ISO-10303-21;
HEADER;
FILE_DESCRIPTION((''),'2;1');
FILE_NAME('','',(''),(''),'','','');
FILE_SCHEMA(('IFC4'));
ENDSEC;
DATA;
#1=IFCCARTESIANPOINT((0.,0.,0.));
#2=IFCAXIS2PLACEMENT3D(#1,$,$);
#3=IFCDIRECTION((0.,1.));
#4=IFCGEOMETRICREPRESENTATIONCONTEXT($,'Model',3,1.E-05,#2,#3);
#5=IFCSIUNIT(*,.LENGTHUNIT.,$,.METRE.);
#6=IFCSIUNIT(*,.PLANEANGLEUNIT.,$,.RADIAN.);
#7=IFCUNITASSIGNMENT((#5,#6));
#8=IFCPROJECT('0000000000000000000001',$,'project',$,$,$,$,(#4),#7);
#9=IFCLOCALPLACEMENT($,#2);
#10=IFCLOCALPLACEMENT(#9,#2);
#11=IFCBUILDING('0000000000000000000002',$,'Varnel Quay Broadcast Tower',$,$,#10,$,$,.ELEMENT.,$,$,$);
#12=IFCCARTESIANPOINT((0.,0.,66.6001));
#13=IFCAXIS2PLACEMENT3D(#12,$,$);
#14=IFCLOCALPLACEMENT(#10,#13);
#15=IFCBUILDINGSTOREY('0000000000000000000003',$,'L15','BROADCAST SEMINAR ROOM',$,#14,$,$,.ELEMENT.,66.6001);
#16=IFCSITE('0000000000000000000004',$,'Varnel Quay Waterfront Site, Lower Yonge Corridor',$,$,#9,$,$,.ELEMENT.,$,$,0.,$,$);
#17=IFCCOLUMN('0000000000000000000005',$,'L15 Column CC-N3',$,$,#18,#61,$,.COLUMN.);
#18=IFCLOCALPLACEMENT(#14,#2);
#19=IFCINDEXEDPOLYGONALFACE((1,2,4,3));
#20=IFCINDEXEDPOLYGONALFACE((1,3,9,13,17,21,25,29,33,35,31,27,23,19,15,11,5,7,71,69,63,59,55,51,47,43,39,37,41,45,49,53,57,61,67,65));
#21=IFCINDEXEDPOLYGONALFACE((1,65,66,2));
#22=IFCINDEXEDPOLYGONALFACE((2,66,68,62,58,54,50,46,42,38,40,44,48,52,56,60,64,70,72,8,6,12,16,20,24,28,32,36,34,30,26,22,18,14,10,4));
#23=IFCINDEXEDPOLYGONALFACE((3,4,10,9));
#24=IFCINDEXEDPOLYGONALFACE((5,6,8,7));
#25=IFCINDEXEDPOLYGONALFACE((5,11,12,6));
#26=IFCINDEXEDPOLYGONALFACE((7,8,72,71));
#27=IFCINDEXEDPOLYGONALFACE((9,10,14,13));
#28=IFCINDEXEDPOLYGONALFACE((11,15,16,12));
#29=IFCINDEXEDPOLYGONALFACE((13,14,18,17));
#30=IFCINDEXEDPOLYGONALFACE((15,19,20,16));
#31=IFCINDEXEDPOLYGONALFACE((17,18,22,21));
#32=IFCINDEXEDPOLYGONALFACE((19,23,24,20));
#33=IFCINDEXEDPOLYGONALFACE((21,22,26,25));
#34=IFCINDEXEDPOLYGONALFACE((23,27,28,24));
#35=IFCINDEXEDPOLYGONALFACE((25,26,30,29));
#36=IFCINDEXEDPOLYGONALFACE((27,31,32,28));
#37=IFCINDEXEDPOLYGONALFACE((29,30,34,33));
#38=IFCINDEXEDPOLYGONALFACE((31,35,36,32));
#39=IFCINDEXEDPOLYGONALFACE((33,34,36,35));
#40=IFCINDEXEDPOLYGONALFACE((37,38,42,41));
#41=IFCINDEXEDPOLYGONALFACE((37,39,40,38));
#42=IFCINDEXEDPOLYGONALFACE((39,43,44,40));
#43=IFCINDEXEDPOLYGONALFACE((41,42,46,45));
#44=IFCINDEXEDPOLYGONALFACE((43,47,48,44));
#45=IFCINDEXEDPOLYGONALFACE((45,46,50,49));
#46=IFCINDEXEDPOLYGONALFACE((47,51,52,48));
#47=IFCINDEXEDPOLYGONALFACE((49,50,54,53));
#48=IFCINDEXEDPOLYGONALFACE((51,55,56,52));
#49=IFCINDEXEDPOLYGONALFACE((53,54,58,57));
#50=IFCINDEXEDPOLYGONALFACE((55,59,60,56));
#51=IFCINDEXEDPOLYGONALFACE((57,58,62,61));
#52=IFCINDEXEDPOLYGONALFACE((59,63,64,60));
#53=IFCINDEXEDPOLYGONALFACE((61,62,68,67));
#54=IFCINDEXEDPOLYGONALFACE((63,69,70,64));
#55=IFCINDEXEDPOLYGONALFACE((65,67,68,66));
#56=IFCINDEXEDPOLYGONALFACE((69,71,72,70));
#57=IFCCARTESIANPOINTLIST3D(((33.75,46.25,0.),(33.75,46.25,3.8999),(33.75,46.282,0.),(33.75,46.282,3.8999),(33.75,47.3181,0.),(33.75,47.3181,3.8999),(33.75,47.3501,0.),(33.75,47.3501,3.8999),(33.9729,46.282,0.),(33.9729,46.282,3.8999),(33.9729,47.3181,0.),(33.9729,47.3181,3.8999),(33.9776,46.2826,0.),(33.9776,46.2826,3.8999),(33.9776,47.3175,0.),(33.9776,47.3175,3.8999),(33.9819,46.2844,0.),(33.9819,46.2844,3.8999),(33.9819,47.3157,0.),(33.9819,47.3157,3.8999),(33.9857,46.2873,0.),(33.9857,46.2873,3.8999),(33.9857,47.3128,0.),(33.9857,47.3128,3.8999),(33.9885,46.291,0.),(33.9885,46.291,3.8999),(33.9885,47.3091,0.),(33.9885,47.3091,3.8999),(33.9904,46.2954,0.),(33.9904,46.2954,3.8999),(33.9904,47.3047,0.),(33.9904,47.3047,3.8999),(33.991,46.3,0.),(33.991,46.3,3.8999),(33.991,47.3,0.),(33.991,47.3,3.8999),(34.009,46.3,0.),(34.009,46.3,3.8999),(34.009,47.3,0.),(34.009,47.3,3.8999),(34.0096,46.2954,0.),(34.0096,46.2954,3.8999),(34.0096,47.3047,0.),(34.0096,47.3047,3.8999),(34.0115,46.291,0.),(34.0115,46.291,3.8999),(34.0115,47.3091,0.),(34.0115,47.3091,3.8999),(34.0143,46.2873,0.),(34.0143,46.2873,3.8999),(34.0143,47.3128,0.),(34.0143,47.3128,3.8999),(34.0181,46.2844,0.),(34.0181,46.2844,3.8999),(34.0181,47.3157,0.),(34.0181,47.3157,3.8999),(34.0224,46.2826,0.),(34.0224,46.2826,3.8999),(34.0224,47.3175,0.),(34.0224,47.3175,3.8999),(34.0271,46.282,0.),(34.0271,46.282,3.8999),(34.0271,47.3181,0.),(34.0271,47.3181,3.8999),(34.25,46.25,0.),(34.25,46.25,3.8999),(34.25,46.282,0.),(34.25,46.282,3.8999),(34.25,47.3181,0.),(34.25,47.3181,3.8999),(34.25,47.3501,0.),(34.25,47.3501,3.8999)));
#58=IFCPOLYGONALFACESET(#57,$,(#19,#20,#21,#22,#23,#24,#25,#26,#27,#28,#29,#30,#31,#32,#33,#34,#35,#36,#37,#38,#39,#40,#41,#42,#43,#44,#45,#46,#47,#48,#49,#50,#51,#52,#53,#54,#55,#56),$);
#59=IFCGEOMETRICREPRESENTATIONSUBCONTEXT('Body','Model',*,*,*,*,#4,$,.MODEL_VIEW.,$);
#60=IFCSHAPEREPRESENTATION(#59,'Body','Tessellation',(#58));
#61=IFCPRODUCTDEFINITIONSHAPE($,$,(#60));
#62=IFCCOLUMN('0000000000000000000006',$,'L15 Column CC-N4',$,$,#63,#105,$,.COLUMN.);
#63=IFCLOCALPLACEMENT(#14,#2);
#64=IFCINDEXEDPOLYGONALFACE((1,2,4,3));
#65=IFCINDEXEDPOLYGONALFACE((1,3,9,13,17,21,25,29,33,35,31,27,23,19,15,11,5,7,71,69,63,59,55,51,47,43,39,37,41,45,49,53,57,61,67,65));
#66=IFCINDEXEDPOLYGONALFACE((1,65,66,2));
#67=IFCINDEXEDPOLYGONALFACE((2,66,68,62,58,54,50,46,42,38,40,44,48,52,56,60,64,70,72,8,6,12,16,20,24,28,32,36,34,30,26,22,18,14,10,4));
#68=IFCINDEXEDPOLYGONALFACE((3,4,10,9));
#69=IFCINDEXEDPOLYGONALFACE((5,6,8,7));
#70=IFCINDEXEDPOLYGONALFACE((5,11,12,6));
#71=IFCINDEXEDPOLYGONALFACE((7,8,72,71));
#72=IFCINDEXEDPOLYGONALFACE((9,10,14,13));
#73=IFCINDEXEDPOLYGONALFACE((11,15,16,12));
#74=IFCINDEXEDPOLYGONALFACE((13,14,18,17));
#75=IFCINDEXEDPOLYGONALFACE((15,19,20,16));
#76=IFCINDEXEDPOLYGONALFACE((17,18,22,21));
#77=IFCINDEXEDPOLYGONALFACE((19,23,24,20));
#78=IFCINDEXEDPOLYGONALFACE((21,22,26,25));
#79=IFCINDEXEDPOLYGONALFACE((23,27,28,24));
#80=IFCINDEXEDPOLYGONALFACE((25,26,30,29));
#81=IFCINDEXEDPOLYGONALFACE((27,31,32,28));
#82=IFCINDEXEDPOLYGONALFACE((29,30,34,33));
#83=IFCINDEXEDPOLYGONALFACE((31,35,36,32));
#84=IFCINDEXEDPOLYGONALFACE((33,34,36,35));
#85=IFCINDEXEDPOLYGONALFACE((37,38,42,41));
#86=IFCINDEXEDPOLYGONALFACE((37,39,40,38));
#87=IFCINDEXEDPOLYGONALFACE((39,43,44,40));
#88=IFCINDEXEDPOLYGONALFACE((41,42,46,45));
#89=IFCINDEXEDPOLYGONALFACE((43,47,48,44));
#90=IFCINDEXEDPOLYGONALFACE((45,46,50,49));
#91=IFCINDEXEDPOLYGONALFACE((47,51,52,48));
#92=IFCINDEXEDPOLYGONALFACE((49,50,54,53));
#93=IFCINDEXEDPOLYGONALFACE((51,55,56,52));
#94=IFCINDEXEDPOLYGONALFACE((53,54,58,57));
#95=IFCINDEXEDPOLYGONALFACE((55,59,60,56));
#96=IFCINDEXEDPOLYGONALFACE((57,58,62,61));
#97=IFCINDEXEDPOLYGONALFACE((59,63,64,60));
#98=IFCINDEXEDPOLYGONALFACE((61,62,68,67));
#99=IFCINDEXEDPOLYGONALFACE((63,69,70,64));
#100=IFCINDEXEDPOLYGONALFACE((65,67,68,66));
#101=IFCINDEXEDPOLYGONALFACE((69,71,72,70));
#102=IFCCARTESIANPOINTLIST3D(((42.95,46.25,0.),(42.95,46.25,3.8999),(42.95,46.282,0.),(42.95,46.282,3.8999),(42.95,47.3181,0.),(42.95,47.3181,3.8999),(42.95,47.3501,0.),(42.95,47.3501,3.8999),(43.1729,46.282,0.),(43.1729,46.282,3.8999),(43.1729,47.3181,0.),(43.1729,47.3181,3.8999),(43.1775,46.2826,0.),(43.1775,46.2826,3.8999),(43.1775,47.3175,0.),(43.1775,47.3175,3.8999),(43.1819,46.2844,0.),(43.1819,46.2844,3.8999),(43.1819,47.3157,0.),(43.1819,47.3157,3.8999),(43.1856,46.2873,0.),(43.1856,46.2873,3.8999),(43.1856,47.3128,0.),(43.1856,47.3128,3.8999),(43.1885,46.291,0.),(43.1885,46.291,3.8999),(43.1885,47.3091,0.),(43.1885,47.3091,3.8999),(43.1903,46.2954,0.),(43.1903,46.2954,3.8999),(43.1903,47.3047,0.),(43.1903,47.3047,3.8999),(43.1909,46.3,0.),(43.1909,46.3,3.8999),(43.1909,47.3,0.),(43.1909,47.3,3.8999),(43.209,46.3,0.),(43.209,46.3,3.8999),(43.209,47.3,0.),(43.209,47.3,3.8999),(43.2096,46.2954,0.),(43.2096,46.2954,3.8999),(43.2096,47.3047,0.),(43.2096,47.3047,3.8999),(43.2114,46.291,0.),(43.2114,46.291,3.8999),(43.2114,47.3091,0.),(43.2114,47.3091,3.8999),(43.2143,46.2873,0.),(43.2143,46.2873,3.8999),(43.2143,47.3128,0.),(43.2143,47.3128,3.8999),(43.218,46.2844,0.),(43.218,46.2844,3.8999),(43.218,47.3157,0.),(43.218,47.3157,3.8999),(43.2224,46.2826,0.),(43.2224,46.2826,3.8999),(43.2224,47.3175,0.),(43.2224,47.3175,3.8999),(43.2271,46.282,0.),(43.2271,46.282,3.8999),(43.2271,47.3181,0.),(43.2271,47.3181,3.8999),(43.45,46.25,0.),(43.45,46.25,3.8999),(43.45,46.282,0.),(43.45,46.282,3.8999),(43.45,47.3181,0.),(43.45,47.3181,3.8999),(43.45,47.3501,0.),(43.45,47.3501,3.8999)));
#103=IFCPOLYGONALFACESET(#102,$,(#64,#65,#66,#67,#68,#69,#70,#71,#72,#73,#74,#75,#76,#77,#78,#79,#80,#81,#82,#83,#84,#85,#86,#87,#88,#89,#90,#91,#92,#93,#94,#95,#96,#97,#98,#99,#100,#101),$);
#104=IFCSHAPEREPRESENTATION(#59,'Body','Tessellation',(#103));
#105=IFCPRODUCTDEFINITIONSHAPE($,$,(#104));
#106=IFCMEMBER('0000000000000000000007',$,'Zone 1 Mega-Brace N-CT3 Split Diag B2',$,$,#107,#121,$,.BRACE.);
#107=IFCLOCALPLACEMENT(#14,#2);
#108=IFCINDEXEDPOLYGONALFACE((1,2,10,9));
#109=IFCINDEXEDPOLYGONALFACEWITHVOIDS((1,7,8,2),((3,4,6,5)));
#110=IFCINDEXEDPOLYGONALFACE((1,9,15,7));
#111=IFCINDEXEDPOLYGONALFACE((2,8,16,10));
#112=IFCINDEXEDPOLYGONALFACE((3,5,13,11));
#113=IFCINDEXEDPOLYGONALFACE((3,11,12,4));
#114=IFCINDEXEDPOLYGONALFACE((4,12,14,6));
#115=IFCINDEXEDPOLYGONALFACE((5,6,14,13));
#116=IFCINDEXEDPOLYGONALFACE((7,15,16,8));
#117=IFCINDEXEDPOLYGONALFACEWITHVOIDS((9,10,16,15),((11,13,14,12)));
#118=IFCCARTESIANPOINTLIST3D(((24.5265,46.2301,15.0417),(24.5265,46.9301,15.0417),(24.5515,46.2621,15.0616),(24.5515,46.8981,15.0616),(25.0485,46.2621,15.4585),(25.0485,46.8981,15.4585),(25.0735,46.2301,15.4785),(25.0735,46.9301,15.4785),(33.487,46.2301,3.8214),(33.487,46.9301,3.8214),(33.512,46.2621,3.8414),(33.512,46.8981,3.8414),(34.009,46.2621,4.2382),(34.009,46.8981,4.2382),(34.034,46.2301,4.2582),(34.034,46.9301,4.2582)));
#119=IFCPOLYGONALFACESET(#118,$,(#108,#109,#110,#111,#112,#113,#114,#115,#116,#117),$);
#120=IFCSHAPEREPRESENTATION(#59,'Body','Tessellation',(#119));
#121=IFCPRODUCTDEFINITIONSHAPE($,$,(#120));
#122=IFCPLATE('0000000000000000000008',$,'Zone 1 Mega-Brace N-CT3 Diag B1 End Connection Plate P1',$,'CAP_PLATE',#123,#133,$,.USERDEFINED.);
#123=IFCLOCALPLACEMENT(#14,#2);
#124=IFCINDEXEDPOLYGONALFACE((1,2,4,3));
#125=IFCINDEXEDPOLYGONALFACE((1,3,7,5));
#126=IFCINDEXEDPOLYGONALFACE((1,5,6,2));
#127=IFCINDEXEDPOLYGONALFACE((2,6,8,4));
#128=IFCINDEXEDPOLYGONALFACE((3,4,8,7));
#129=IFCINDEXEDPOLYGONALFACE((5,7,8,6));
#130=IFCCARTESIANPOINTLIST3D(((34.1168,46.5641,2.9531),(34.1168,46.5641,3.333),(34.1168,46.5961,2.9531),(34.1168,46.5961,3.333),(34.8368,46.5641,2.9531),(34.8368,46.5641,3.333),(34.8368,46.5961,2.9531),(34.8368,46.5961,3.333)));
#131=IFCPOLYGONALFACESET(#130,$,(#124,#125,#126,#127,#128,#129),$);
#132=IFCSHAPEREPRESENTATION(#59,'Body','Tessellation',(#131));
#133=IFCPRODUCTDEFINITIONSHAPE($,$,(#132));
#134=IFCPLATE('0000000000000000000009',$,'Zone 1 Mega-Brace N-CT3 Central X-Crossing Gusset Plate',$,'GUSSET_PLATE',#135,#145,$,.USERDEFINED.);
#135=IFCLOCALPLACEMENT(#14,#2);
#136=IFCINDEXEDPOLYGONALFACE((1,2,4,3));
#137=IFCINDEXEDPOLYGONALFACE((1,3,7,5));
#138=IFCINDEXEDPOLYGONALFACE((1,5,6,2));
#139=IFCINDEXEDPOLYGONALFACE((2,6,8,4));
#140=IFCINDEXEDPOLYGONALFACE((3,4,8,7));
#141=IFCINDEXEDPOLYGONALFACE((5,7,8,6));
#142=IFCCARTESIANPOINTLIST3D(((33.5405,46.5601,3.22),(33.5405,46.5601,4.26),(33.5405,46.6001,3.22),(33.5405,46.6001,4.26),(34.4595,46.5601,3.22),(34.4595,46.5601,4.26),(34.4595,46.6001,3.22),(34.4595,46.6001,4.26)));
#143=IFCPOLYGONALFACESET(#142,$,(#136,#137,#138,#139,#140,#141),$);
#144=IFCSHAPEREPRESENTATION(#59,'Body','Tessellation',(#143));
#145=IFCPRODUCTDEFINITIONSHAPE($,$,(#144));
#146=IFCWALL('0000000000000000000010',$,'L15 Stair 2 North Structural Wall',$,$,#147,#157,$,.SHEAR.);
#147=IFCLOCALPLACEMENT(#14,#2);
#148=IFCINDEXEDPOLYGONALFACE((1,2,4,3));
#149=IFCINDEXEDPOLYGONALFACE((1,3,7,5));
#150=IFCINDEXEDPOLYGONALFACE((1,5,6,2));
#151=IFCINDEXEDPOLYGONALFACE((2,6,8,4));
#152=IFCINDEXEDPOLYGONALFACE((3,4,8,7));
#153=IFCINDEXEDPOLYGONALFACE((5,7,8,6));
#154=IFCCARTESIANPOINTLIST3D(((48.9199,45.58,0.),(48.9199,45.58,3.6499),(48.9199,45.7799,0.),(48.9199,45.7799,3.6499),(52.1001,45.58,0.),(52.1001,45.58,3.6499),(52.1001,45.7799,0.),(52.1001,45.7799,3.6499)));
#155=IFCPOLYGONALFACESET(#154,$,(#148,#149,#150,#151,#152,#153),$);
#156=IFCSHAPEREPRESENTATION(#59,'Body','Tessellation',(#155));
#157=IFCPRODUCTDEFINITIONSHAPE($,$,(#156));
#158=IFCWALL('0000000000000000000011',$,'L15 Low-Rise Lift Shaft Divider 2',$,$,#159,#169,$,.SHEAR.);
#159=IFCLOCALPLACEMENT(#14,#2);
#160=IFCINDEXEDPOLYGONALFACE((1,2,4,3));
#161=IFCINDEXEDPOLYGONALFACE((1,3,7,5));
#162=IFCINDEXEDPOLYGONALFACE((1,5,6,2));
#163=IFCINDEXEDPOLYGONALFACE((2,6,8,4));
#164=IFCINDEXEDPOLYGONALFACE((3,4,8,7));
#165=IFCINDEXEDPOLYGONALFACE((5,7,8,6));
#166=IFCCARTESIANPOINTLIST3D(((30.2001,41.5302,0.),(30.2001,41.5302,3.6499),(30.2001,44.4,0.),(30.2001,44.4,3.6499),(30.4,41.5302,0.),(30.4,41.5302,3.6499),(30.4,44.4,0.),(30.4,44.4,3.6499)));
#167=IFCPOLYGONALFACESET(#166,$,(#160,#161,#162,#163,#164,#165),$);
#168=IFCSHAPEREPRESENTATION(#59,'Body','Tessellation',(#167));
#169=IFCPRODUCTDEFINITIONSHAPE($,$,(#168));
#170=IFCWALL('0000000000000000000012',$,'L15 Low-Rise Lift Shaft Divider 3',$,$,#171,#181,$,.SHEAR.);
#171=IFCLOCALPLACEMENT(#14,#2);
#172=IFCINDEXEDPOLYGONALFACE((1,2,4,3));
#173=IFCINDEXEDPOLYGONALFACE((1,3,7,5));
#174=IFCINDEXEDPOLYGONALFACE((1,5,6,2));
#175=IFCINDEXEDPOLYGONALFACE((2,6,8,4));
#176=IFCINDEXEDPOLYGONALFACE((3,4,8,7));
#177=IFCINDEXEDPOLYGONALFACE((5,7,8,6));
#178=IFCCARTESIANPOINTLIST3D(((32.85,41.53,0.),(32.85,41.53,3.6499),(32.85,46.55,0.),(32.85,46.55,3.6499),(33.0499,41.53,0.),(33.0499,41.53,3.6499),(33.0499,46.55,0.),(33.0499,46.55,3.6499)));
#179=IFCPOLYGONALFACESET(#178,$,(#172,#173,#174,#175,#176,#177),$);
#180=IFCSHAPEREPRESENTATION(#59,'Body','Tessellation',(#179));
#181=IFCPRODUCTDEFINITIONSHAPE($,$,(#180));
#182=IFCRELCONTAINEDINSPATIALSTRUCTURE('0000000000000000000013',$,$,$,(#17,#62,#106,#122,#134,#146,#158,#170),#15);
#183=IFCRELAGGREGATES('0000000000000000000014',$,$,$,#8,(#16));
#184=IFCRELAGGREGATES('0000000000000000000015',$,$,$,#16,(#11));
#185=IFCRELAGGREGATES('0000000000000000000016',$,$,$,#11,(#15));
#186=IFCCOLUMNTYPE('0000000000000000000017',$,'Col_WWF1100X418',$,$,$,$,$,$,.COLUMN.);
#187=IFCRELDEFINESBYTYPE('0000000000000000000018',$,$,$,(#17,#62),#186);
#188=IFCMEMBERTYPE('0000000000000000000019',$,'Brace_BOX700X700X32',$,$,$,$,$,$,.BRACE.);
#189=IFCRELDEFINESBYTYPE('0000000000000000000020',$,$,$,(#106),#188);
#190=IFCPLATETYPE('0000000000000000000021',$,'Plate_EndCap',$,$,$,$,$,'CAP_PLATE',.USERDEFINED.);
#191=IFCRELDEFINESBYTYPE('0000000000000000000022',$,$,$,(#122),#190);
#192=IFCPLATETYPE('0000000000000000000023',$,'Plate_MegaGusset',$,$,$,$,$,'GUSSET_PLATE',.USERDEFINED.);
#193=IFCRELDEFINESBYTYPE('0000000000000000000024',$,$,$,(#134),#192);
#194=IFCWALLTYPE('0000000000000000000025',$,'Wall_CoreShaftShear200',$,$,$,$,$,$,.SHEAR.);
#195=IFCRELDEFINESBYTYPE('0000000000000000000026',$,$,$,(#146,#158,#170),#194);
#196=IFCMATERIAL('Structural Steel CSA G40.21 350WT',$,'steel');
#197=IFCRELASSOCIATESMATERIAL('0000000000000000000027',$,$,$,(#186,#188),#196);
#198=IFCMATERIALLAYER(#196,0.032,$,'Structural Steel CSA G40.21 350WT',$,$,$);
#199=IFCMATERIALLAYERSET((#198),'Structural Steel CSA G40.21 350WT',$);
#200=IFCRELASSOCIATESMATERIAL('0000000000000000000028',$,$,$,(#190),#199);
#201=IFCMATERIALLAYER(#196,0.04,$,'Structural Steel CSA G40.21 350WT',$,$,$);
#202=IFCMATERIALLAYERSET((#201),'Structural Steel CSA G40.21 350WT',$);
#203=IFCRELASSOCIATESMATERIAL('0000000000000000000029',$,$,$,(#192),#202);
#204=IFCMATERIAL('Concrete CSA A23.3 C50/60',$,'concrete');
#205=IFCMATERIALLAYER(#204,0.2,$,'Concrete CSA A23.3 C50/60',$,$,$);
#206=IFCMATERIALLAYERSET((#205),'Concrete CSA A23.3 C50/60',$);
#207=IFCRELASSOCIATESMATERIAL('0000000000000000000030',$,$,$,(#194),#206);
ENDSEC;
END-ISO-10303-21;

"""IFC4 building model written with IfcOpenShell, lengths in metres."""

from ifc_helpers import new_model, si_unit, direction, frame, frame_2d, origin, origin_2d, place, context, subcontext, project, spatial, rectangle, hollow_rectangle, i_section, extrude, source, transform, mapped, material, layer, layer_set, material_profile, profile_set, type_object, type_shapes, element, save


model = new_model("IFC4")

# Units and contexts
model_context = context("Model", 3, precision=1e-05, world=origin(), true_north=direction((0.0, 1.0)))
body_context = subcontext(model_context, "Body", "Model", "MODEL_VIEW")
ifc_project = project(units=[si_unit("LENGTHUNIT", "METRE"), si_unit("PLANEANGLEUNIT", "RADIAN")], contexts=[model_context])

# Site, building, storey
site_placement = place(None, origin())
site = spatial("IfcSite", under=ifc_project, at=site_placement, Name="Varnel Quay Waterfront Site, Lower Yonge Corridor", CompositionType="ELEMENT", RefElevation=0.0)
building_placement = place(site_placement, origin())
building = spatial("IfcBuilding", under=site, at=building_placement, Name="Varnel Quay Broadcast Tower", CompositionType="ELEMENT")
storey_placement = place(building_placement, frame((0.0, 0.0, 66.6001)))
storey = spatial("IfcBuildingStorey", under=building, at=storey_placement, Name="L15", Description="BROADCAST SEMINAR ROOM", CompositionType="ELEMENT", Elevation=66.6001)

# Columns
ifc_material_1 = material(Name="Structural Steel CSA G40.21 350WT", Category="steel")
ifc_material_profile_1 = material_profile(ifc_material_1, i_section(OverallWidth=0.5, OverallDepth=1.1001, WebThickness=0.0181, FlangeThickness=0.032, FilletRadius=0.0181, at=origin_2d()), Name="WWF1100X418")
ifc_profile_set_1 = profile_set([ifc_material_profile_1], Name="Structural Steel CSA G40.21 350WT")
column_type = type_object("IfcColumnType", Name="Col_WWF1100X418", PredefinedType="COLUMN", material=ifc_profile_set_1)
shared_shape_1 = source(origin(), body_context, "Body", "SweptSolid", [
    extrude(i_section(OverallWidth=0.5, OverallDepth=1.1001, WebThickness=0.0181, FlangeThickness=0.032, FilletRadius=0.0181, at=origin_2d()), origin(), (0.0, 0.0, 1.0), 3.8999),
])
type_shapes(column_type, [shared_shape_1])
for number, where, z_axis, x_axis, name in (
    (1, (34.0, 46.8, 0.0), (0.0, 0.0, 1.0), (1.0, 0.0, 0.0), "L15 Column CC-N3"),
    (2, (43.2, 46.8, 0.0), (0.0, 0.0, 1.0), (1.0, 0.0, 0.0), "L15 Column CC-N4"),
):
    element("IfcColumn", number, at=place(storey_placement, frame(where, z_axis=z_axis, x_axis=x_axis)), inside=storey, type_object=column_type, Name=name, PredefinedType="COLUMN", context=body_context, shape_type="MappedRepresentation", body=[
        mapped(shared_shape_1, transform((0.0, 0.0, 0.0), x_axis=(1.0, 0.0, 0.0), y_axis=(0.0, 1.0, 0.0), z_axis=(0.0, 0.0, 1.0), scale=1.0)),
    ])

# Member
ifc_material_profile_2 = material_profile(ifc_material_1, hollow_rectangle(XDim=0.7, YDim=0.7, WallThickness=0.032, at=origin_2d()), Name="BOX700X700X32")
ifc_profile_set_2 = profile_set([ifc_material_profile_2], Name="Structural Steel CSA G40.21 350WT")
member_type = type_object("IfcMemberType", Name="Brace_BOX700X700X32", PredefinedType="BRACE", material=ifc_profile_set_2)
shared_shape_2 = source(origin(), body_context, "Body", "SweptSolid", [
    extrude(hollow_rectangle(XDim=0.7, YDim=0.7, WallThickness=0.032, at=origin_2d()), origin(), (0.0, 0.0, 1.0), 14.3591),
])
type_shapes(member_type, [shared_shape_2])
member_placement = place(storey_placement, frame((33.7605, 46.5801, 4.0398), z_axis=(-0.624027, 0.0, 0.781403), x_axis=(0.0, -1.0, 0.0)))
element("IfcMember", 3, at=member_placement, inside=storey, type_object=member_type, Name="Zone 1 Mega-Brace N-CT3 Split Diag B2", PredefinedType="BRACE", context=body_context, shape_type="MappedRepresentation", body=[
    mapped(shared_shape_2, transform((0.0, 0.0, 0.0), x_axis=(1.0, 0.0, 0.0), y_axis=(0.0, 1.0, 0.0), z_axis=(0.0, 0.0, 1.0), scale=1.0)),
])

# Plates
ifc_layer_1 = layer(ifc_material_1, 0.032, Name="Structural Steel CSA G40.21 350WT")
ifc_layer_set_1 = layer_set([ifc_layer_1], Name="Structural Steel CSA G40.21 350WT")
plate_type_1 = type_object("IfcPlateType", Name="Plate_EndCap", ElementType="CAP_PLATE", PredefinedType="USERDEFINED", material=ifc_layer_set_1)
shared_shape_3 = source(origin(), body_context, "Body", "SweptSolid", [
    extrude(rectangle(XDim=0.72, YDim=0.032, at=origin_2d()), origin(), (0.0, 0.0, 1.0), 0.3799),
])
type_shapes(plate_type_1, [shared_shape_3])
plate_1_placement = place(storey_placement, frame((34.4768, 46.5801, 2.9531), z_axis=(0.0, 0.0, 1.0), x_axis=(1.0, 0.0, 0.0)))
element("IfcPlate", 4, at=plate_1_placement, inside=storey, type_object=plate_type_1, Name="Zone 1 Mega-Brace N-CT3 Diag B1 End Connection Plate P1", ObjectType="CAP_PLATE", PredefinedType="USERDEFINED", context=body_context, shape_type="MappedRepresentation", body=[
    mapped(shared_shape_3, transform((0.0, 0.0, 0.0), x_axis=(1.0, 0.0, 0.0), y_axis=(0.0, 1.0, 0.0), z_axis=(0.0, 0.0, 1.0), scale=1.0)),
])
ifc_layer_2 = layer(ifc_material_1, 0.04, Name="Structural Steel CSA G40.21 350WT")
ifc_layer_set_2 = layer_set([ifc_layer_2], Name="Structural Steel CSA G40.21 350WT")
plate_type_2 = type_object("IfcPlateType", Name="Plate_MegaGusset", ElementType="GUSSET_PLATE", PredefinedType="USERDEFINED", material=ifc_layer_set_2)
shared_shape_4 = source(origin(), body_context, "Body", "SweptSolid", [
    extrude(rectangle(XDim=0.9189, YDim=0.04, at=origin_2d()), origin(), (0.0, 0.0, 1.0), 1.04),
])
type_shapes(plate_type_2, [shared_shape_4])
plate_2_placement = place(storey_placement, frame((34.0, 46.5801, 3.22), z_axis=(0.0, 0.0, 1.0), x_axis=(1.0, 0.0, 0.0)))
element("IfcPlate", 5, at=plate_2_placement, inside=storey, type_object=plate_type_2, Name="Zone 1 Mega-Brace N-CT3 Central X-Crossing Gusset Plate", ObjectType="GUSSET_PLATE", PredefinedType="USERDEFINED", context=body_context, shape_type="MappedRepresentation", body=[
    mapped(shared_shape_4, transform((0.0, 0.0, 0.0), x_axis=(1.0, 0.0, 0.0), y_axis=(0.0, 1.0, 0.0), z_axis=(0.0, 0.0, 1.0), scale=1.0)),
])

# Walls
ifc_material_2 = material(Name="Concrete CSA A23.3 C50/60", Category="concrete")
ifc_layer_3 = layer(ifc_material_2, 0.2, Name="Concrete CSA A23.3 C50/60")
ifc_layer_set_3 = layer_set([ifc_layer_3], Name="Concrete CSA A23.3 C50/60")
wall_type_1 = type_object("IfcWallType", Name="Wall_CoreShaftShear200", PredefinedType="SHEAR", material=ifc_layer_set_3)
wall_1_placement = place(storey_placement, frame((48.9199, 45.6799, 0.0), z_axis=(0.0, 0.0, 1.0), x_axis=(1.0, 0.0, 0.0)))
element("IfcWall", 6, at=wall_1_placement, inside=storey, type_object=wall_type_1, Name="L15 Stair 2 North Structural Wall", PredefinedType="SHEAR", context=body_context, shape_type="SweptSolid", body=[
    extrude(rectangle(XDim=3.1802, YDim=0.2, at=frame_2d((1.5901, 0.0))), origin(), (0.0, 0.0, 1.0), 3.6499),
])
wall_2_placement = place(storey_placement, frame((30.3, 41.53, 0.0), z_axis=(0.0, 0.0, 1.0), x_axis=(0.0, 1.0, 0.0)))
element("IfcWall", 7, at=wall_2_placement, inside=storey, type_object=wall_type_1, Name="L15 Low-Rise Lift Shaft Divider 2", PredefinedType="SHEAR", context=body_context, shape_type="SweptSolid", body=[
    extrude(rectangle(XDim=2.8699, YDim=0.2, at=frame_2d((1.4351, 0.0))), origin(), (0.0, 0.0, 1.0), 3.6499),
])
wall_3_placement = place(storey_placement, frame((32.95, 41.53, 0.0), z_axis=(0.0, 0.0, 1.0), x_axis=(0.0, 1.0, 0.0)))
element("IfcWall", 8, at=wall_3_placement, inside=storey, type_object=wall_type_1, Name="L15 Low-Rise Lift Shaft Divider 3", PredefinedType="SHEAR", context=body_context, shape_type="SweptSolid", body=[
    extrude(rectangle(XDim=5.02, YDim=0.2, at=frame_2d((2.51, 0.0))), origin(), (0.0, 0.0, 1.0), 3.6499),
])

save(model, "model.ifc")
